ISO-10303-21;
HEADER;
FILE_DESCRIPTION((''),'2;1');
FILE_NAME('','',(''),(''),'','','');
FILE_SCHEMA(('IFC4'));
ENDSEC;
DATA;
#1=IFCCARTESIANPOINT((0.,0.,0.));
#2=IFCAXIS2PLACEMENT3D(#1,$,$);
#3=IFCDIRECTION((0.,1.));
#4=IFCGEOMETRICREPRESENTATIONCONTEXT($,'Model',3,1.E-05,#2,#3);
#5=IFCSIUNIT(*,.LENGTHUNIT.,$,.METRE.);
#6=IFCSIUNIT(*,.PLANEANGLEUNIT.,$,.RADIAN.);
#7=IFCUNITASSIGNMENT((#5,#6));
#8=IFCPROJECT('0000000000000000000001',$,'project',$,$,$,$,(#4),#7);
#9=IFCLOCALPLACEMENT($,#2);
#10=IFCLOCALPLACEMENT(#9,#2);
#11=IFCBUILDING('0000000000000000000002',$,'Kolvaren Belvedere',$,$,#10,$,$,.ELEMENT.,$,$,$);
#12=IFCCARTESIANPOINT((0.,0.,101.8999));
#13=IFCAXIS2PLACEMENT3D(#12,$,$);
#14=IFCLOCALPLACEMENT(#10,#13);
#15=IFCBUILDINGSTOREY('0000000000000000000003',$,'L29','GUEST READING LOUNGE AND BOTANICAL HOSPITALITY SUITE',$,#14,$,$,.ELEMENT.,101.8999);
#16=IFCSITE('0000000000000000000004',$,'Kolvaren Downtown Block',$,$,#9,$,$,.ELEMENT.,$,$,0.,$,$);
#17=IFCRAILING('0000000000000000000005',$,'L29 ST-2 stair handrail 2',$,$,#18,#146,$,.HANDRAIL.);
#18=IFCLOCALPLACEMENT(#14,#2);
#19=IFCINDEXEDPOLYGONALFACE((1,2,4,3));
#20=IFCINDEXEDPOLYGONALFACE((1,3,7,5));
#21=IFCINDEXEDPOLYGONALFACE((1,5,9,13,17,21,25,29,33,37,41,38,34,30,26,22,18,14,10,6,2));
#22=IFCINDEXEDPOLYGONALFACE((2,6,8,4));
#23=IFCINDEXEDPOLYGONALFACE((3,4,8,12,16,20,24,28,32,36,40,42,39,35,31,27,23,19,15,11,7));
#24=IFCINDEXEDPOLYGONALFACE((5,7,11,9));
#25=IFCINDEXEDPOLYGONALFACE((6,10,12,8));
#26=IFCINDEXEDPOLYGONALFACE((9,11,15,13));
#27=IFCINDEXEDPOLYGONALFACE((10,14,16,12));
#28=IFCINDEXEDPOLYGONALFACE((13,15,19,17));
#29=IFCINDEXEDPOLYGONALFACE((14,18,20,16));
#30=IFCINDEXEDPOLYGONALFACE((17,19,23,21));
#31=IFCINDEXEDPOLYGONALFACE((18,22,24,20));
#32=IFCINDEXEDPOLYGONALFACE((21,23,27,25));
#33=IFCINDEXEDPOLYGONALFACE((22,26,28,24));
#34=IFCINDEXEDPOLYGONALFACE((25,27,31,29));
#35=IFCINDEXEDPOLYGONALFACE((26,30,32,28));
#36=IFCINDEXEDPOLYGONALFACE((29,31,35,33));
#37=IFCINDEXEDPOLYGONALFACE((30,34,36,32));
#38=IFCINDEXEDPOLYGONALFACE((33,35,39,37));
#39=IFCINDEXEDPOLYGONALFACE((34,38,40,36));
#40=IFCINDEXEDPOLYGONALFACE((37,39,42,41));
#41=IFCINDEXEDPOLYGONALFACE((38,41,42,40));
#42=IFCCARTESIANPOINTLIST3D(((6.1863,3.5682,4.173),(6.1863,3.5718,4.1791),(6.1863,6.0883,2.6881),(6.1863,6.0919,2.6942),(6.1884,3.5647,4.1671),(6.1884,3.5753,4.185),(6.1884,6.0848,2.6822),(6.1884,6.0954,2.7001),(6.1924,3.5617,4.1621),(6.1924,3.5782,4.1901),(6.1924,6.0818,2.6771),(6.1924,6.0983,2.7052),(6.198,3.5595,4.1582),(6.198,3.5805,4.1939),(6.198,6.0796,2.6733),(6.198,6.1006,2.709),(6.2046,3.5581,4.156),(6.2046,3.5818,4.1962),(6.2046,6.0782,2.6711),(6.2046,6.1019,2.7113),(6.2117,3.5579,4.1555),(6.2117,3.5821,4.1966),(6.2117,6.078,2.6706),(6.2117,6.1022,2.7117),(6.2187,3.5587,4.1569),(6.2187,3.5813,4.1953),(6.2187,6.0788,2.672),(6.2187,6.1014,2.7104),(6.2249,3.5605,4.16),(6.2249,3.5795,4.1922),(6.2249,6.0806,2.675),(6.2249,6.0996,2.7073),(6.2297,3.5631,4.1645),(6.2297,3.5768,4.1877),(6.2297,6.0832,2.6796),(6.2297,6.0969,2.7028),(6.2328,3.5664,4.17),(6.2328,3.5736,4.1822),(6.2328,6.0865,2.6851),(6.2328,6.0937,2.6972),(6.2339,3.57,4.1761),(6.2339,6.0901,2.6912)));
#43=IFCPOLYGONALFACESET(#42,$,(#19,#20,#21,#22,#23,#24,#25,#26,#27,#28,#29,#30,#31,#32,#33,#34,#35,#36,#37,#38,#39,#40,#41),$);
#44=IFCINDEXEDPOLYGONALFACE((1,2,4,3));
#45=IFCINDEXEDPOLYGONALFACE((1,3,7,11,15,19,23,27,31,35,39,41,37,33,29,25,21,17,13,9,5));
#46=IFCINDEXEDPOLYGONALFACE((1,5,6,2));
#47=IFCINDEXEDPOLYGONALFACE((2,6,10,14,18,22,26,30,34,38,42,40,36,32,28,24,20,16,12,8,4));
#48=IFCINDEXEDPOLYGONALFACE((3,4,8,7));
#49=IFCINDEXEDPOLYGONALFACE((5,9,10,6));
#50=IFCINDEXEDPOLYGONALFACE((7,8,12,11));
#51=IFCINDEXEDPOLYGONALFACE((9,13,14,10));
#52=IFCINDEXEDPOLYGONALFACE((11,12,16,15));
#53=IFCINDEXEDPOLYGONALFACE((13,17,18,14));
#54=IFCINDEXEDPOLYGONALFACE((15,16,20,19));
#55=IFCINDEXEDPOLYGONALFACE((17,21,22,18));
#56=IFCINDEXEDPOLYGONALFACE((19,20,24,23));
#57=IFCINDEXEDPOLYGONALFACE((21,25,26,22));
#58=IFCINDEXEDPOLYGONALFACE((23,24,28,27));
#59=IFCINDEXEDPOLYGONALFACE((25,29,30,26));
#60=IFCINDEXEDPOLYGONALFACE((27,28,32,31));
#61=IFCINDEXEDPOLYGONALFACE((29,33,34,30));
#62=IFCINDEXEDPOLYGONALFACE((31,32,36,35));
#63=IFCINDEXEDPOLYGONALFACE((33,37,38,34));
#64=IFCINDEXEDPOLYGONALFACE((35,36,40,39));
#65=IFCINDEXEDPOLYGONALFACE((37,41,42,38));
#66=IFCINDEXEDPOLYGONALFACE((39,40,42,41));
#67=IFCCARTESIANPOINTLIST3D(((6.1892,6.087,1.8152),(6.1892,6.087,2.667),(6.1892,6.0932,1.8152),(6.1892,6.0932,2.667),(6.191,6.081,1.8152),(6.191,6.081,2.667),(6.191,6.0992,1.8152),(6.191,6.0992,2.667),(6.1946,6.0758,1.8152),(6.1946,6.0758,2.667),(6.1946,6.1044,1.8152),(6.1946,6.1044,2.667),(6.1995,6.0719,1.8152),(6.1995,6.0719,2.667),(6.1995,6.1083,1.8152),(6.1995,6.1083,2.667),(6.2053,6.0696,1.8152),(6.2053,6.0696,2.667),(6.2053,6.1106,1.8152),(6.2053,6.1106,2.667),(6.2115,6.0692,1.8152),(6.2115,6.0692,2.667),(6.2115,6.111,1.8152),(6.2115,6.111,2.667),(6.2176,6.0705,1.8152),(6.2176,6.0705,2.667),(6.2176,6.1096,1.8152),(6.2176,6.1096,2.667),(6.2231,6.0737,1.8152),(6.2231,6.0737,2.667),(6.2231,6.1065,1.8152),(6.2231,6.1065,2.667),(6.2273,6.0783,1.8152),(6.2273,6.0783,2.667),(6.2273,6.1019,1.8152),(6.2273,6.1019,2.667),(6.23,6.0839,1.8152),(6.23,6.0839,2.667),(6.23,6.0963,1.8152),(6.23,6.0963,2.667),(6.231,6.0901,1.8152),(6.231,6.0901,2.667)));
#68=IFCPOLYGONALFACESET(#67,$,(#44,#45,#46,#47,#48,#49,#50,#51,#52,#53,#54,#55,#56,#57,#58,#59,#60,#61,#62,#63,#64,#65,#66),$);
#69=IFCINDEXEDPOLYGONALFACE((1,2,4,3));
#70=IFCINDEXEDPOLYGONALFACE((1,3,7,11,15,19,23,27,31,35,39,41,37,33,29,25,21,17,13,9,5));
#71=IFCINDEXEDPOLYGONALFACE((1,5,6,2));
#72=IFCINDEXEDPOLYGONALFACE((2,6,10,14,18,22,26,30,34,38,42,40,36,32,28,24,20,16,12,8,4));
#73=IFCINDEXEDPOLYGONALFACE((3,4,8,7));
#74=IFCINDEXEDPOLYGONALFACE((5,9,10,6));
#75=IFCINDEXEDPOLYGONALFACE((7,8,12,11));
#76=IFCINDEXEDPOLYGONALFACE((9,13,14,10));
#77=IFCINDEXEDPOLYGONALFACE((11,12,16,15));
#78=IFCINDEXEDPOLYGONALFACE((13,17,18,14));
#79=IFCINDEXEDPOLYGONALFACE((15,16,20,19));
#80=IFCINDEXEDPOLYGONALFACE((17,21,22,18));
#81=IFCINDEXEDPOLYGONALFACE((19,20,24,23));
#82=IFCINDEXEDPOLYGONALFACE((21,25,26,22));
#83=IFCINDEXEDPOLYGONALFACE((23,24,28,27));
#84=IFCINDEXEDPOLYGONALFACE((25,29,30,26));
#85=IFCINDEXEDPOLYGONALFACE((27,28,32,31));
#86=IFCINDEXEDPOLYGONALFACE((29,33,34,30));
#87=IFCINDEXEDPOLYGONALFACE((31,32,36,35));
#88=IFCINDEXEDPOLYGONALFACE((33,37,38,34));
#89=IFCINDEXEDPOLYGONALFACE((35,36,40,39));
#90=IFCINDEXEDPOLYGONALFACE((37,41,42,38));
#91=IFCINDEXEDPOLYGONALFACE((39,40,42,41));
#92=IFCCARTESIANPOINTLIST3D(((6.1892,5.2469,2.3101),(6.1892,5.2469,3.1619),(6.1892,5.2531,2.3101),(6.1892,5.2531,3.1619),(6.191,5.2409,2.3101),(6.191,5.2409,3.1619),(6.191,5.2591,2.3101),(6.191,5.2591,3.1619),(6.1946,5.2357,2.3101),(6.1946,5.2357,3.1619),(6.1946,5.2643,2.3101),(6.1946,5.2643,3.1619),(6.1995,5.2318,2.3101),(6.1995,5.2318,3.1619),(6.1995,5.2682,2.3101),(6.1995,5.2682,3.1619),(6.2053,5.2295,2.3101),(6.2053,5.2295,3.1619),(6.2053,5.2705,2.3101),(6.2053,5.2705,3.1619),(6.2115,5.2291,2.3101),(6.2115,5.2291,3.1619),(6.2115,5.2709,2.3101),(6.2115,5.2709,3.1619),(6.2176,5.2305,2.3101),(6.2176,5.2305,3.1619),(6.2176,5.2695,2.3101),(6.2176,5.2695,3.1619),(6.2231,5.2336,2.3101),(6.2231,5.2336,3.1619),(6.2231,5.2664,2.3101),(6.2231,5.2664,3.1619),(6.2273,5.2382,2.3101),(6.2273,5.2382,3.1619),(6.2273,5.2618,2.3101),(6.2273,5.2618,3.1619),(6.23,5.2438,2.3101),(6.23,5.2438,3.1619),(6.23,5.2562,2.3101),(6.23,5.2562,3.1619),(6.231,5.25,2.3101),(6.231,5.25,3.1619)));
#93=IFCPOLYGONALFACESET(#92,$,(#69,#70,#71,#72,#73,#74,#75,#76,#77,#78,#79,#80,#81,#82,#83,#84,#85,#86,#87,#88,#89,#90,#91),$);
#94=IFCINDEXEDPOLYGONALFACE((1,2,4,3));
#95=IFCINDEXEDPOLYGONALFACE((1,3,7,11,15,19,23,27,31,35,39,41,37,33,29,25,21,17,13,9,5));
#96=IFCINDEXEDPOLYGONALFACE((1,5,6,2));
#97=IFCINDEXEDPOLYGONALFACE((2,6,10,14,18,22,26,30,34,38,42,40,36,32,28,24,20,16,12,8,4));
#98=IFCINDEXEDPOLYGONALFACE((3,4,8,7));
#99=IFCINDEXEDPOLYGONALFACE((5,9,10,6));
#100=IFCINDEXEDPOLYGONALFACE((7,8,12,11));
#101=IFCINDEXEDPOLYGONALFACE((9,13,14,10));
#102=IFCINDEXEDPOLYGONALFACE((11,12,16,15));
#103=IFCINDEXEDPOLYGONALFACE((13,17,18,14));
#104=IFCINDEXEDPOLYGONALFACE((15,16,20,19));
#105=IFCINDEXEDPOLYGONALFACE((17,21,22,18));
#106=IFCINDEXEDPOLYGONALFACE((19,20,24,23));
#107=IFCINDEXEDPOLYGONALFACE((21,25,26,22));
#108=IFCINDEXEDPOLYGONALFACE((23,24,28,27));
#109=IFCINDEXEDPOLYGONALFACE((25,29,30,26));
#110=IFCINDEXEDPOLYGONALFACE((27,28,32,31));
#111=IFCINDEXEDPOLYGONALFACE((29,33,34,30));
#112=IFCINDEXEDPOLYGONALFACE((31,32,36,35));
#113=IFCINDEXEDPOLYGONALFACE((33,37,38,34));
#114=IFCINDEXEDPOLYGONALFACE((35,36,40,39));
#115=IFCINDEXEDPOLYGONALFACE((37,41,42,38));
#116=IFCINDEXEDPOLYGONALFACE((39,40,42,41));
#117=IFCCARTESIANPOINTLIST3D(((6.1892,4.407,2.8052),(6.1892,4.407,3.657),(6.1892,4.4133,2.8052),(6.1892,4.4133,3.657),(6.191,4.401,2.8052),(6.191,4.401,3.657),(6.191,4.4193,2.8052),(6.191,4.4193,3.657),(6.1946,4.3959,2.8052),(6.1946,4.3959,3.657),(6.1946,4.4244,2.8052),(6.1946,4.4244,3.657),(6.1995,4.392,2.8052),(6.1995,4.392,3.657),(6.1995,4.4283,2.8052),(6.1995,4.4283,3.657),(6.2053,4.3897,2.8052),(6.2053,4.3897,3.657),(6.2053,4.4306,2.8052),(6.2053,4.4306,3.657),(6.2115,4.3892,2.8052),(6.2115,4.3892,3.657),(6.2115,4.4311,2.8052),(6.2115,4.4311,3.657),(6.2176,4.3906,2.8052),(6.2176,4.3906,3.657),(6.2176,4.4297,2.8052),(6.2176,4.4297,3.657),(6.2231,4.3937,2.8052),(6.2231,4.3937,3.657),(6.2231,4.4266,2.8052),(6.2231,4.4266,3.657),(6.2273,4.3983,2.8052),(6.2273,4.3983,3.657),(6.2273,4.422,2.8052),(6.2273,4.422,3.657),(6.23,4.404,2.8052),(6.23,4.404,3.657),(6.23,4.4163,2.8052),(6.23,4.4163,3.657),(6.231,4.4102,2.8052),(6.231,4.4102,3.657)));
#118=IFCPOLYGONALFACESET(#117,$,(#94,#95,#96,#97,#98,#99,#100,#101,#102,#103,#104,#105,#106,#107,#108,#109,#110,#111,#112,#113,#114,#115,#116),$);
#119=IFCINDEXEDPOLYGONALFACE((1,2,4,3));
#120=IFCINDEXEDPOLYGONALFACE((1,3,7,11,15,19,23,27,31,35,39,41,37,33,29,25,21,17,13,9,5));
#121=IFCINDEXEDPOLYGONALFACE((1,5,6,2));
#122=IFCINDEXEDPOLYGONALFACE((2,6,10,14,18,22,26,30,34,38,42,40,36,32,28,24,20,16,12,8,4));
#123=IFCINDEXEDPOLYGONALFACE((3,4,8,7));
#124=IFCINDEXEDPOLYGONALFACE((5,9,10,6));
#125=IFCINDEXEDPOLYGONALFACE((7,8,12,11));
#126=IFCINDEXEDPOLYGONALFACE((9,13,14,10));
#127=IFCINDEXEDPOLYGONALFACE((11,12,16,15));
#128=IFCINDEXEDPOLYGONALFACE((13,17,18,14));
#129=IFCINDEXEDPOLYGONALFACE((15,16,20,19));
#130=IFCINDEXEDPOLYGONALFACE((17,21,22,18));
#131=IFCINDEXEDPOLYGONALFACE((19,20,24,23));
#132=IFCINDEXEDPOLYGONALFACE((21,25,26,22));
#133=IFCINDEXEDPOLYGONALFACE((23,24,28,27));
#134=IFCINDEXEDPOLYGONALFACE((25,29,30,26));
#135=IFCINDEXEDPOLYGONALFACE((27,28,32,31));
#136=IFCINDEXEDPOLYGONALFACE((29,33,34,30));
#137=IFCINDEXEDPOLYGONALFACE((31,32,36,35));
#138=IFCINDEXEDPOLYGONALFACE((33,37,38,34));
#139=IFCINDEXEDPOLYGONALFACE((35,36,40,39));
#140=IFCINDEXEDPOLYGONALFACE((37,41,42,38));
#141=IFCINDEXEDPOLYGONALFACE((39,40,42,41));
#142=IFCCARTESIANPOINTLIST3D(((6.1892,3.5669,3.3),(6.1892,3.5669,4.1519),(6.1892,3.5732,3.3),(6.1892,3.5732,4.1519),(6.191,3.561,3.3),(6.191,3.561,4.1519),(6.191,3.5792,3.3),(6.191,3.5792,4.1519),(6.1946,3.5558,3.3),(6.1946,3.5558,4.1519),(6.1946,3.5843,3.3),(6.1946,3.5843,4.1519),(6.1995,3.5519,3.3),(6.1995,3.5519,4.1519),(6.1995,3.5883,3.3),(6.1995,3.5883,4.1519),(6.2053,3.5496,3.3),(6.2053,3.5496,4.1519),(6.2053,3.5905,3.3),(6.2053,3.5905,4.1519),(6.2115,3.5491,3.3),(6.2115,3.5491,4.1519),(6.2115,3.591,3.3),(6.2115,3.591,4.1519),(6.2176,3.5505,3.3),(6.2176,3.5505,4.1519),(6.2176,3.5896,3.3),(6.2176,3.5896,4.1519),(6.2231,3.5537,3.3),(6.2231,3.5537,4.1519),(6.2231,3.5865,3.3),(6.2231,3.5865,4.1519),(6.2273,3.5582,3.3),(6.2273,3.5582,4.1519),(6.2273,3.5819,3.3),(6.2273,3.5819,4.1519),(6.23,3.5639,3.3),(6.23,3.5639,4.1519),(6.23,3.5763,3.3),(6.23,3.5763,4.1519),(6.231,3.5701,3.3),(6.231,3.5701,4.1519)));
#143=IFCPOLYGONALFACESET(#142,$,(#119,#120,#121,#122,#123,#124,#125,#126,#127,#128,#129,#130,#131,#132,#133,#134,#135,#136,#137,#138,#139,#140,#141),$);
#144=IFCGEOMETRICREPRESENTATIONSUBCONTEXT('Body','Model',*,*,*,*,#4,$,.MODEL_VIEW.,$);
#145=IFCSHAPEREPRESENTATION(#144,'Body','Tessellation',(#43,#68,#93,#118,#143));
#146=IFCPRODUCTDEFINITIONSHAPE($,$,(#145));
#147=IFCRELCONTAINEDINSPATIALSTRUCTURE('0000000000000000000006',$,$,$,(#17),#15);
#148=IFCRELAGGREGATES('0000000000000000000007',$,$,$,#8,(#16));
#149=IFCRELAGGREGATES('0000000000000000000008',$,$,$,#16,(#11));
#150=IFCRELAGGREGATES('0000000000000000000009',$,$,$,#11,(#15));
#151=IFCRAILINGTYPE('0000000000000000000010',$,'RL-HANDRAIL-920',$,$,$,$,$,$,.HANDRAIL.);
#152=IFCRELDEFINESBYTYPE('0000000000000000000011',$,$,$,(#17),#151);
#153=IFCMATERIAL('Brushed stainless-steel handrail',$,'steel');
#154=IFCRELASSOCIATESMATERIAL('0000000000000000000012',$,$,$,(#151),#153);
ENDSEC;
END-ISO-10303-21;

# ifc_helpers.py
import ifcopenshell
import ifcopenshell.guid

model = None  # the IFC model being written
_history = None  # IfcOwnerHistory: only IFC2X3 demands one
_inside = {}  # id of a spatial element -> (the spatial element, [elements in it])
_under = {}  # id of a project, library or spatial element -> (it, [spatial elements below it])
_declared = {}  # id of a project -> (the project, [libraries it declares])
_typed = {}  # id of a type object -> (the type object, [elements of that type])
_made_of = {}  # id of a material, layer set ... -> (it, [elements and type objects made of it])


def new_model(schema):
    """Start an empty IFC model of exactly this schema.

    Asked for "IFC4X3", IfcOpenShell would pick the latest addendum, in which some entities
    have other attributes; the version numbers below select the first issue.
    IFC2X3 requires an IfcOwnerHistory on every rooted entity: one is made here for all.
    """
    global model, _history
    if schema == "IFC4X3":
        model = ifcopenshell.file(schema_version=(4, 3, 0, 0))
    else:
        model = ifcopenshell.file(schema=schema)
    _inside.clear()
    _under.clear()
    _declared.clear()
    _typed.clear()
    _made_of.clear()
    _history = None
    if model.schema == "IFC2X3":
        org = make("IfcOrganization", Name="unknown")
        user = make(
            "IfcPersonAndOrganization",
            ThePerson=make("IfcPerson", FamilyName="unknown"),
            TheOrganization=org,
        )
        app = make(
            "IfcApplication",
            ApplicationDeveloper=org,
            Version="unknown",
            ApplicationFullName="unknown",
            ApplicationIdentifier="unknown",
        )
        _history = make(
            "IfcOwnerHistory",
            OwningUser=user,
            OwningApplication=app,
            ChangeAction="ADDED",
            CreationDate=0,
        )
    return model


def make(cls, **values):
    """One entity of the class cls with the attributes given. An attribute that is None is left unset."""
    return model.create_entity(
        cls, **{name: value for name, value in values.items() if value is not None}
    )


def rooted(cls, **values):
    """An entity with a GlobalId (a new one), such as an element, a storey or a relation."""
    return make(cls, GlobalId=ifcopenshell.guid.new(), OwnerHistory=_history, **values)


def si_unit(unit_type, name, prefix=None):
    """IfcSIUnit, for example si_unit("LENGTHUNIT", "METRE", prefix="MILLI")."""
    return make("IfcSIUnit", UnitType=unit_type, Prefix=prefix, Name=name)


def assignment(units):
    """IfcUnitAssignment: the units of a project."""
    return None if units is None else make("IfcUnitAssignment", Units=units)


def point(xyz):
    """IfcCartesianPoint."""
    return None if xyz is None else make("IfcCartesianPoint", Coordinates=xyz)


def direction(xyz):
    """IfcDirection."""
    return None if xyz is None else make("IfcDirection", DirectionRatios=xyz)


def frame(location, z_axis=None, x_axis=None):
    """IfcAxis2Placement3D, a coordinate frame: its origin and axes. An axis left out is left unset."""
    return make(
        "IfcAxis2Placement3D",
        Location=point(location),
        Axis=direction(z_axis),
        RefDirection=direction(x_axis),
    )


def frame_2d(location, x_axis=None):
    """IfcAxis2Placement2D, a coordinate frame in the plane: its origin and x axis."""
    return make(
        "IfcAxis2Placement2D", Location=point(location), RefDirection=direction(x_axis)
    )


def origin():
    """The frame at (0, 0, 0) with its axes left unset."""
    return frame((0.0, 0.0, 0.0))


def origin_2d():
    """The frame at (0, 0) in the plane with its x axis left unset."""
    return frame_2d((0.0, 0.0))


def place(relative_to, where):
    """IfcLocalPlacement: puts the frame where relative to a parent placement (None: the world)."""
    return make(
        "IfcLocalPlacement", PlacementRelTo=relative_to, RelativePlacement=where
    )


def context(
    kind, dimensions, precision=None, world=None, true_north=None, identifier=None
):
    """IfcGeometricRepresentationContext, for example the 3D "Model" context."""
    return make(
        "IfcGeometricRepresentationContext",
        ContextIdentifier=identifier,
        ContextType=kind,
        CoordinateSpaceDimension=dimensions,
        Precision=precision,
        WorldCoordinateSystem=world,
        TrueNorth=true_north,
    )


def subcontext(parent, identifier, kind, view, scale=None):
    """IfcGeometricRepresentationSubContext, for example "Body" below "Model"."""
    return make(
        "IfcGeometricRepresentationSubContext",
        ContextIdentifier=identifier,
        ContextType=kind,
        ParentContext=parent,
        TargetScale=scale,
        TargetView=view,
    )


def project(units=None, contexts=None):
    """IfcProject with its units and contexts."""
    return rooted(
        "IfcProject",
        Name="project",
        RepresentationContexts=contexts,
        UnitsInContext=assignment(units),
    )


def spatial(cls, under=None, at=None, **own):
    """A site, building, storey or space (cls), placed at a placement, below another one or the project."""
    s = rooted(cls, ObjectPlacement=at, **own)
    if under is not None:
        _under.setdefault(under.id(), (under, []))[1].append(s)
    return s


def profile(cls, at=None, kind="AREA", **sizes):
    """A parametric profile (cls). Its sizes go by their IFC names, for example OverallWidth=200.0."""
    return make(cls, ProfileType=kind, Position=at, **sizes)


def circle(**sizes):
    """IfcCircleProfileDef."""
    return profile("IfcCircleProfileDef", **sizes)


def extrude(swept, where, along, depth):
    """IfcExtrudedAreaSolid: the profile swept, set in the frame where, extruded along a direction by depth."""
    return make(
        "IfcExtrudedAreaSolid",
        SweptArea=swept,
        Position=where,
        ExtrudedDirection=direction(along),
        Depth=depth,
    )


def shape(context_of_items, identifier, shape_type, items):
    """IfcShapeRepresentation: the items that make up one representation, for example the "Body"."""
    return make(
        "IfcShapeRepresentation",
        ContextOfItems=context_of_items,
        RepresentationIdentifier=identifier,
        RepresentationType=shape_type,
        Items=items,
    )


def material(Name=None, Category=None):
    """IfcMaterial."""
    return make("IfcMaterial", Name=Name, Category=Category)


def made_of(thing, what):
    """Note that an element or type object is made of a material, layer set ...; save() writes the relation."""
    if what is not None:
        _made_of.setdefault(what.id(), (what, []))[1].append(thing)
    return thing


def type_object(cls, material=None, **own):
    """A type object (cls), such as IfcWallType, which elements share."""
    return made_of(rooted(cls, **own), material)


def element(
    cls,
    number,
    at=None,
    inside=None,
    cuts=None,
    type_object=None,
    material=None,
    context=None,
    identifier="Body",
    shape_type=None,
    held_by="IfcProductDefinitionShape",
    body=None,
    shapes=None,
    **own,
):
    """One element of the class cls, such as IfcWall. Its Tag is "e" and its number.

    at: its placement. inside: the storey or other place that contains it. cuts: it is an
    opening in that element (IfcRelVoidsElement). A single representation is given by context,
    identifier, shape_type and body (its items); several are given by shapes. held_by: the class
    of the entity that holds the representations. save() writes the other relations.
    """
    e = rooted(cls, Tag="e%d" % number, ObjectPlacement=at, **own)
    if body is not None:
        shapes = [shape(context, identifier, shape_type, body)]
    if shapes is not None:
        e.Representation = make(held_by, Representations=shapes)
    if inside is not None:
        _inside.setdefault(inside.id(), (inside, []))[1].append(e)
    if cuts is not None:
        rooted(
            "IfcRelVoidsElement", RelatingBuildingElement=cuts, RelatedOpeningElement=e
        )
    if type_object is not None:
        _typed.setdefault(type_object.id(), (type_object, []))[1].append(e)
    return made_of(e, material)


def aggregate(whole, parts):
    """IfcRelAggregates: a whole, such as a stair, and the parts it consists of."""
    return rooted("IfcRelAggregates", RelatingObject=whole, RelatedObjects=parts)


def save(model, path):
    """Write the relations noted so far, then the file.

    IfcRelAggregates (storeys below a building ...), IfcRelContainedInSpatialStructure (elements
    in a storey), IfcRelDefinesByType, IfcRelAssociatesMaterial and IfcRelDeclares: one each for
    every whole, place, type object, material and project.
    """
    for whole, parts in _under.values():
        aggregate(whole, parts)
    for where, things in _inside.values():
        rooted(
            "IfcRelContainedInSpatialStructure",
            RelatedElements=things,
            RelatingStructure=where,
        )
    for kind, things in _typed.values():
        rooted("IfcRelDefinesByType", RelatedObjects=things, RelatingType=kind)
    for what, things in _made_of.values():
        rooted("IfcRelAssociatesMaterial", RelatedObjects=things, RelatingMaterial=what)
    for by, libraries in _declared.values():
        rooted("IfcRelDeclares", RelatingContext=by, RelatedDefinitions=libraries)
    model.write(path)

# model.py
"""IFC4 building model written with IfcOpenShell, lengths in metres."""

from ifc_helpers import new_model, si_unit, direction, frame, origin, origin_2d, place, context, subcontext, project, spatial, circle, extrude, material, type_object, element, save


model = new_model("IFC4")

# Units and contexts
model_context = context("Model", 3, precision=1e-05, world=origin(), true_north=direction((0.0, 1.0)))
body_context = subcontext(model_context, "Body", "Model", "MODEL_VIEW")
ifc_project = project(units=[si_unit("LENGTHUNIT", "METRE"), si_unit("PLANEANGLEUNIT", "RADIAN")], contexts=[model_context])

# Site, building, storey
site_placement = place(None, origin())
site = spatial("IfcSite", under=ifc_project, at=site_placement, Name="Kolvaren Downtown Block", CompositionType="ELEMENT", RefElevation=0.0)
building_placement = place(site_placement, origin())
building = spatial("IfcBuilding", under=site, at=building_placement, Name="Kolvaren Belvedere", CompositionType="ELEMENT")
storey_placement = place(building_placement, frame((0.0, 0.0, 101.8999)))
storey = spatial("IfcBuildingStorey", under=building, at=storey_placement, Name="L29", Description="GUEST READING LOUNGE AND BOTANICAL HOSPITALITY SUITE", CompositionType="ELEMENT", Elevation=101.8999)

# Railing
ifc_material_1 = material(Name="Brushed stainless-steel handrail", Category="steel")
railing_type_1 = type_object("IfcRailingType", Name="RL-HANDRAIL-920", PredefinedType="HANDRAIL", material=ifc_material_1)
railing_1_placement = place(storey_placement, frame((6.21, 6.0901, 1.8152)))
element("IfcRailing", 1, at=railing_1_placement, inside=storey, type_object=railing_type_1, Name="L29 ST-2 stair handrail 2", PredefinedType="HANDRAIL", context=body_context, shape_type="SweptSolid", body=[
    extrude(circle(Radius=0.0239, at=origin_2d()), frame((0.0, 0.0, 0.876), z_axis=(0.0, -0.861561, 0.507655), x_axis=(1.0, 0.0, 0.0)), (0.0, 0.0, 1.0), 2.925),
    extrude(circle(Radius=0.021, at=origin_2d()), origin(), (0.0, 0.0, 1.0), 0.8518),
    extrude(circle(Radius=0.021, at=origin_2d()), frame((0.0, -0.8401, 0.4949)), (0.0, 0.0, 1.0), 0.8518),
    extrude(circle(Radius=0.021, at=origin_2d()), frame((0.0, -1.6799, 0.99)), (0.0, 0.0, 1.0), 0.8518),
    extrude(circle(Radius=0.021, at=origin_2d()), frame((0.0, -2.52, 1.4849)), (0.0, 0.0, 1.0), 0.8518),
])

save(model, "model.ifc")
